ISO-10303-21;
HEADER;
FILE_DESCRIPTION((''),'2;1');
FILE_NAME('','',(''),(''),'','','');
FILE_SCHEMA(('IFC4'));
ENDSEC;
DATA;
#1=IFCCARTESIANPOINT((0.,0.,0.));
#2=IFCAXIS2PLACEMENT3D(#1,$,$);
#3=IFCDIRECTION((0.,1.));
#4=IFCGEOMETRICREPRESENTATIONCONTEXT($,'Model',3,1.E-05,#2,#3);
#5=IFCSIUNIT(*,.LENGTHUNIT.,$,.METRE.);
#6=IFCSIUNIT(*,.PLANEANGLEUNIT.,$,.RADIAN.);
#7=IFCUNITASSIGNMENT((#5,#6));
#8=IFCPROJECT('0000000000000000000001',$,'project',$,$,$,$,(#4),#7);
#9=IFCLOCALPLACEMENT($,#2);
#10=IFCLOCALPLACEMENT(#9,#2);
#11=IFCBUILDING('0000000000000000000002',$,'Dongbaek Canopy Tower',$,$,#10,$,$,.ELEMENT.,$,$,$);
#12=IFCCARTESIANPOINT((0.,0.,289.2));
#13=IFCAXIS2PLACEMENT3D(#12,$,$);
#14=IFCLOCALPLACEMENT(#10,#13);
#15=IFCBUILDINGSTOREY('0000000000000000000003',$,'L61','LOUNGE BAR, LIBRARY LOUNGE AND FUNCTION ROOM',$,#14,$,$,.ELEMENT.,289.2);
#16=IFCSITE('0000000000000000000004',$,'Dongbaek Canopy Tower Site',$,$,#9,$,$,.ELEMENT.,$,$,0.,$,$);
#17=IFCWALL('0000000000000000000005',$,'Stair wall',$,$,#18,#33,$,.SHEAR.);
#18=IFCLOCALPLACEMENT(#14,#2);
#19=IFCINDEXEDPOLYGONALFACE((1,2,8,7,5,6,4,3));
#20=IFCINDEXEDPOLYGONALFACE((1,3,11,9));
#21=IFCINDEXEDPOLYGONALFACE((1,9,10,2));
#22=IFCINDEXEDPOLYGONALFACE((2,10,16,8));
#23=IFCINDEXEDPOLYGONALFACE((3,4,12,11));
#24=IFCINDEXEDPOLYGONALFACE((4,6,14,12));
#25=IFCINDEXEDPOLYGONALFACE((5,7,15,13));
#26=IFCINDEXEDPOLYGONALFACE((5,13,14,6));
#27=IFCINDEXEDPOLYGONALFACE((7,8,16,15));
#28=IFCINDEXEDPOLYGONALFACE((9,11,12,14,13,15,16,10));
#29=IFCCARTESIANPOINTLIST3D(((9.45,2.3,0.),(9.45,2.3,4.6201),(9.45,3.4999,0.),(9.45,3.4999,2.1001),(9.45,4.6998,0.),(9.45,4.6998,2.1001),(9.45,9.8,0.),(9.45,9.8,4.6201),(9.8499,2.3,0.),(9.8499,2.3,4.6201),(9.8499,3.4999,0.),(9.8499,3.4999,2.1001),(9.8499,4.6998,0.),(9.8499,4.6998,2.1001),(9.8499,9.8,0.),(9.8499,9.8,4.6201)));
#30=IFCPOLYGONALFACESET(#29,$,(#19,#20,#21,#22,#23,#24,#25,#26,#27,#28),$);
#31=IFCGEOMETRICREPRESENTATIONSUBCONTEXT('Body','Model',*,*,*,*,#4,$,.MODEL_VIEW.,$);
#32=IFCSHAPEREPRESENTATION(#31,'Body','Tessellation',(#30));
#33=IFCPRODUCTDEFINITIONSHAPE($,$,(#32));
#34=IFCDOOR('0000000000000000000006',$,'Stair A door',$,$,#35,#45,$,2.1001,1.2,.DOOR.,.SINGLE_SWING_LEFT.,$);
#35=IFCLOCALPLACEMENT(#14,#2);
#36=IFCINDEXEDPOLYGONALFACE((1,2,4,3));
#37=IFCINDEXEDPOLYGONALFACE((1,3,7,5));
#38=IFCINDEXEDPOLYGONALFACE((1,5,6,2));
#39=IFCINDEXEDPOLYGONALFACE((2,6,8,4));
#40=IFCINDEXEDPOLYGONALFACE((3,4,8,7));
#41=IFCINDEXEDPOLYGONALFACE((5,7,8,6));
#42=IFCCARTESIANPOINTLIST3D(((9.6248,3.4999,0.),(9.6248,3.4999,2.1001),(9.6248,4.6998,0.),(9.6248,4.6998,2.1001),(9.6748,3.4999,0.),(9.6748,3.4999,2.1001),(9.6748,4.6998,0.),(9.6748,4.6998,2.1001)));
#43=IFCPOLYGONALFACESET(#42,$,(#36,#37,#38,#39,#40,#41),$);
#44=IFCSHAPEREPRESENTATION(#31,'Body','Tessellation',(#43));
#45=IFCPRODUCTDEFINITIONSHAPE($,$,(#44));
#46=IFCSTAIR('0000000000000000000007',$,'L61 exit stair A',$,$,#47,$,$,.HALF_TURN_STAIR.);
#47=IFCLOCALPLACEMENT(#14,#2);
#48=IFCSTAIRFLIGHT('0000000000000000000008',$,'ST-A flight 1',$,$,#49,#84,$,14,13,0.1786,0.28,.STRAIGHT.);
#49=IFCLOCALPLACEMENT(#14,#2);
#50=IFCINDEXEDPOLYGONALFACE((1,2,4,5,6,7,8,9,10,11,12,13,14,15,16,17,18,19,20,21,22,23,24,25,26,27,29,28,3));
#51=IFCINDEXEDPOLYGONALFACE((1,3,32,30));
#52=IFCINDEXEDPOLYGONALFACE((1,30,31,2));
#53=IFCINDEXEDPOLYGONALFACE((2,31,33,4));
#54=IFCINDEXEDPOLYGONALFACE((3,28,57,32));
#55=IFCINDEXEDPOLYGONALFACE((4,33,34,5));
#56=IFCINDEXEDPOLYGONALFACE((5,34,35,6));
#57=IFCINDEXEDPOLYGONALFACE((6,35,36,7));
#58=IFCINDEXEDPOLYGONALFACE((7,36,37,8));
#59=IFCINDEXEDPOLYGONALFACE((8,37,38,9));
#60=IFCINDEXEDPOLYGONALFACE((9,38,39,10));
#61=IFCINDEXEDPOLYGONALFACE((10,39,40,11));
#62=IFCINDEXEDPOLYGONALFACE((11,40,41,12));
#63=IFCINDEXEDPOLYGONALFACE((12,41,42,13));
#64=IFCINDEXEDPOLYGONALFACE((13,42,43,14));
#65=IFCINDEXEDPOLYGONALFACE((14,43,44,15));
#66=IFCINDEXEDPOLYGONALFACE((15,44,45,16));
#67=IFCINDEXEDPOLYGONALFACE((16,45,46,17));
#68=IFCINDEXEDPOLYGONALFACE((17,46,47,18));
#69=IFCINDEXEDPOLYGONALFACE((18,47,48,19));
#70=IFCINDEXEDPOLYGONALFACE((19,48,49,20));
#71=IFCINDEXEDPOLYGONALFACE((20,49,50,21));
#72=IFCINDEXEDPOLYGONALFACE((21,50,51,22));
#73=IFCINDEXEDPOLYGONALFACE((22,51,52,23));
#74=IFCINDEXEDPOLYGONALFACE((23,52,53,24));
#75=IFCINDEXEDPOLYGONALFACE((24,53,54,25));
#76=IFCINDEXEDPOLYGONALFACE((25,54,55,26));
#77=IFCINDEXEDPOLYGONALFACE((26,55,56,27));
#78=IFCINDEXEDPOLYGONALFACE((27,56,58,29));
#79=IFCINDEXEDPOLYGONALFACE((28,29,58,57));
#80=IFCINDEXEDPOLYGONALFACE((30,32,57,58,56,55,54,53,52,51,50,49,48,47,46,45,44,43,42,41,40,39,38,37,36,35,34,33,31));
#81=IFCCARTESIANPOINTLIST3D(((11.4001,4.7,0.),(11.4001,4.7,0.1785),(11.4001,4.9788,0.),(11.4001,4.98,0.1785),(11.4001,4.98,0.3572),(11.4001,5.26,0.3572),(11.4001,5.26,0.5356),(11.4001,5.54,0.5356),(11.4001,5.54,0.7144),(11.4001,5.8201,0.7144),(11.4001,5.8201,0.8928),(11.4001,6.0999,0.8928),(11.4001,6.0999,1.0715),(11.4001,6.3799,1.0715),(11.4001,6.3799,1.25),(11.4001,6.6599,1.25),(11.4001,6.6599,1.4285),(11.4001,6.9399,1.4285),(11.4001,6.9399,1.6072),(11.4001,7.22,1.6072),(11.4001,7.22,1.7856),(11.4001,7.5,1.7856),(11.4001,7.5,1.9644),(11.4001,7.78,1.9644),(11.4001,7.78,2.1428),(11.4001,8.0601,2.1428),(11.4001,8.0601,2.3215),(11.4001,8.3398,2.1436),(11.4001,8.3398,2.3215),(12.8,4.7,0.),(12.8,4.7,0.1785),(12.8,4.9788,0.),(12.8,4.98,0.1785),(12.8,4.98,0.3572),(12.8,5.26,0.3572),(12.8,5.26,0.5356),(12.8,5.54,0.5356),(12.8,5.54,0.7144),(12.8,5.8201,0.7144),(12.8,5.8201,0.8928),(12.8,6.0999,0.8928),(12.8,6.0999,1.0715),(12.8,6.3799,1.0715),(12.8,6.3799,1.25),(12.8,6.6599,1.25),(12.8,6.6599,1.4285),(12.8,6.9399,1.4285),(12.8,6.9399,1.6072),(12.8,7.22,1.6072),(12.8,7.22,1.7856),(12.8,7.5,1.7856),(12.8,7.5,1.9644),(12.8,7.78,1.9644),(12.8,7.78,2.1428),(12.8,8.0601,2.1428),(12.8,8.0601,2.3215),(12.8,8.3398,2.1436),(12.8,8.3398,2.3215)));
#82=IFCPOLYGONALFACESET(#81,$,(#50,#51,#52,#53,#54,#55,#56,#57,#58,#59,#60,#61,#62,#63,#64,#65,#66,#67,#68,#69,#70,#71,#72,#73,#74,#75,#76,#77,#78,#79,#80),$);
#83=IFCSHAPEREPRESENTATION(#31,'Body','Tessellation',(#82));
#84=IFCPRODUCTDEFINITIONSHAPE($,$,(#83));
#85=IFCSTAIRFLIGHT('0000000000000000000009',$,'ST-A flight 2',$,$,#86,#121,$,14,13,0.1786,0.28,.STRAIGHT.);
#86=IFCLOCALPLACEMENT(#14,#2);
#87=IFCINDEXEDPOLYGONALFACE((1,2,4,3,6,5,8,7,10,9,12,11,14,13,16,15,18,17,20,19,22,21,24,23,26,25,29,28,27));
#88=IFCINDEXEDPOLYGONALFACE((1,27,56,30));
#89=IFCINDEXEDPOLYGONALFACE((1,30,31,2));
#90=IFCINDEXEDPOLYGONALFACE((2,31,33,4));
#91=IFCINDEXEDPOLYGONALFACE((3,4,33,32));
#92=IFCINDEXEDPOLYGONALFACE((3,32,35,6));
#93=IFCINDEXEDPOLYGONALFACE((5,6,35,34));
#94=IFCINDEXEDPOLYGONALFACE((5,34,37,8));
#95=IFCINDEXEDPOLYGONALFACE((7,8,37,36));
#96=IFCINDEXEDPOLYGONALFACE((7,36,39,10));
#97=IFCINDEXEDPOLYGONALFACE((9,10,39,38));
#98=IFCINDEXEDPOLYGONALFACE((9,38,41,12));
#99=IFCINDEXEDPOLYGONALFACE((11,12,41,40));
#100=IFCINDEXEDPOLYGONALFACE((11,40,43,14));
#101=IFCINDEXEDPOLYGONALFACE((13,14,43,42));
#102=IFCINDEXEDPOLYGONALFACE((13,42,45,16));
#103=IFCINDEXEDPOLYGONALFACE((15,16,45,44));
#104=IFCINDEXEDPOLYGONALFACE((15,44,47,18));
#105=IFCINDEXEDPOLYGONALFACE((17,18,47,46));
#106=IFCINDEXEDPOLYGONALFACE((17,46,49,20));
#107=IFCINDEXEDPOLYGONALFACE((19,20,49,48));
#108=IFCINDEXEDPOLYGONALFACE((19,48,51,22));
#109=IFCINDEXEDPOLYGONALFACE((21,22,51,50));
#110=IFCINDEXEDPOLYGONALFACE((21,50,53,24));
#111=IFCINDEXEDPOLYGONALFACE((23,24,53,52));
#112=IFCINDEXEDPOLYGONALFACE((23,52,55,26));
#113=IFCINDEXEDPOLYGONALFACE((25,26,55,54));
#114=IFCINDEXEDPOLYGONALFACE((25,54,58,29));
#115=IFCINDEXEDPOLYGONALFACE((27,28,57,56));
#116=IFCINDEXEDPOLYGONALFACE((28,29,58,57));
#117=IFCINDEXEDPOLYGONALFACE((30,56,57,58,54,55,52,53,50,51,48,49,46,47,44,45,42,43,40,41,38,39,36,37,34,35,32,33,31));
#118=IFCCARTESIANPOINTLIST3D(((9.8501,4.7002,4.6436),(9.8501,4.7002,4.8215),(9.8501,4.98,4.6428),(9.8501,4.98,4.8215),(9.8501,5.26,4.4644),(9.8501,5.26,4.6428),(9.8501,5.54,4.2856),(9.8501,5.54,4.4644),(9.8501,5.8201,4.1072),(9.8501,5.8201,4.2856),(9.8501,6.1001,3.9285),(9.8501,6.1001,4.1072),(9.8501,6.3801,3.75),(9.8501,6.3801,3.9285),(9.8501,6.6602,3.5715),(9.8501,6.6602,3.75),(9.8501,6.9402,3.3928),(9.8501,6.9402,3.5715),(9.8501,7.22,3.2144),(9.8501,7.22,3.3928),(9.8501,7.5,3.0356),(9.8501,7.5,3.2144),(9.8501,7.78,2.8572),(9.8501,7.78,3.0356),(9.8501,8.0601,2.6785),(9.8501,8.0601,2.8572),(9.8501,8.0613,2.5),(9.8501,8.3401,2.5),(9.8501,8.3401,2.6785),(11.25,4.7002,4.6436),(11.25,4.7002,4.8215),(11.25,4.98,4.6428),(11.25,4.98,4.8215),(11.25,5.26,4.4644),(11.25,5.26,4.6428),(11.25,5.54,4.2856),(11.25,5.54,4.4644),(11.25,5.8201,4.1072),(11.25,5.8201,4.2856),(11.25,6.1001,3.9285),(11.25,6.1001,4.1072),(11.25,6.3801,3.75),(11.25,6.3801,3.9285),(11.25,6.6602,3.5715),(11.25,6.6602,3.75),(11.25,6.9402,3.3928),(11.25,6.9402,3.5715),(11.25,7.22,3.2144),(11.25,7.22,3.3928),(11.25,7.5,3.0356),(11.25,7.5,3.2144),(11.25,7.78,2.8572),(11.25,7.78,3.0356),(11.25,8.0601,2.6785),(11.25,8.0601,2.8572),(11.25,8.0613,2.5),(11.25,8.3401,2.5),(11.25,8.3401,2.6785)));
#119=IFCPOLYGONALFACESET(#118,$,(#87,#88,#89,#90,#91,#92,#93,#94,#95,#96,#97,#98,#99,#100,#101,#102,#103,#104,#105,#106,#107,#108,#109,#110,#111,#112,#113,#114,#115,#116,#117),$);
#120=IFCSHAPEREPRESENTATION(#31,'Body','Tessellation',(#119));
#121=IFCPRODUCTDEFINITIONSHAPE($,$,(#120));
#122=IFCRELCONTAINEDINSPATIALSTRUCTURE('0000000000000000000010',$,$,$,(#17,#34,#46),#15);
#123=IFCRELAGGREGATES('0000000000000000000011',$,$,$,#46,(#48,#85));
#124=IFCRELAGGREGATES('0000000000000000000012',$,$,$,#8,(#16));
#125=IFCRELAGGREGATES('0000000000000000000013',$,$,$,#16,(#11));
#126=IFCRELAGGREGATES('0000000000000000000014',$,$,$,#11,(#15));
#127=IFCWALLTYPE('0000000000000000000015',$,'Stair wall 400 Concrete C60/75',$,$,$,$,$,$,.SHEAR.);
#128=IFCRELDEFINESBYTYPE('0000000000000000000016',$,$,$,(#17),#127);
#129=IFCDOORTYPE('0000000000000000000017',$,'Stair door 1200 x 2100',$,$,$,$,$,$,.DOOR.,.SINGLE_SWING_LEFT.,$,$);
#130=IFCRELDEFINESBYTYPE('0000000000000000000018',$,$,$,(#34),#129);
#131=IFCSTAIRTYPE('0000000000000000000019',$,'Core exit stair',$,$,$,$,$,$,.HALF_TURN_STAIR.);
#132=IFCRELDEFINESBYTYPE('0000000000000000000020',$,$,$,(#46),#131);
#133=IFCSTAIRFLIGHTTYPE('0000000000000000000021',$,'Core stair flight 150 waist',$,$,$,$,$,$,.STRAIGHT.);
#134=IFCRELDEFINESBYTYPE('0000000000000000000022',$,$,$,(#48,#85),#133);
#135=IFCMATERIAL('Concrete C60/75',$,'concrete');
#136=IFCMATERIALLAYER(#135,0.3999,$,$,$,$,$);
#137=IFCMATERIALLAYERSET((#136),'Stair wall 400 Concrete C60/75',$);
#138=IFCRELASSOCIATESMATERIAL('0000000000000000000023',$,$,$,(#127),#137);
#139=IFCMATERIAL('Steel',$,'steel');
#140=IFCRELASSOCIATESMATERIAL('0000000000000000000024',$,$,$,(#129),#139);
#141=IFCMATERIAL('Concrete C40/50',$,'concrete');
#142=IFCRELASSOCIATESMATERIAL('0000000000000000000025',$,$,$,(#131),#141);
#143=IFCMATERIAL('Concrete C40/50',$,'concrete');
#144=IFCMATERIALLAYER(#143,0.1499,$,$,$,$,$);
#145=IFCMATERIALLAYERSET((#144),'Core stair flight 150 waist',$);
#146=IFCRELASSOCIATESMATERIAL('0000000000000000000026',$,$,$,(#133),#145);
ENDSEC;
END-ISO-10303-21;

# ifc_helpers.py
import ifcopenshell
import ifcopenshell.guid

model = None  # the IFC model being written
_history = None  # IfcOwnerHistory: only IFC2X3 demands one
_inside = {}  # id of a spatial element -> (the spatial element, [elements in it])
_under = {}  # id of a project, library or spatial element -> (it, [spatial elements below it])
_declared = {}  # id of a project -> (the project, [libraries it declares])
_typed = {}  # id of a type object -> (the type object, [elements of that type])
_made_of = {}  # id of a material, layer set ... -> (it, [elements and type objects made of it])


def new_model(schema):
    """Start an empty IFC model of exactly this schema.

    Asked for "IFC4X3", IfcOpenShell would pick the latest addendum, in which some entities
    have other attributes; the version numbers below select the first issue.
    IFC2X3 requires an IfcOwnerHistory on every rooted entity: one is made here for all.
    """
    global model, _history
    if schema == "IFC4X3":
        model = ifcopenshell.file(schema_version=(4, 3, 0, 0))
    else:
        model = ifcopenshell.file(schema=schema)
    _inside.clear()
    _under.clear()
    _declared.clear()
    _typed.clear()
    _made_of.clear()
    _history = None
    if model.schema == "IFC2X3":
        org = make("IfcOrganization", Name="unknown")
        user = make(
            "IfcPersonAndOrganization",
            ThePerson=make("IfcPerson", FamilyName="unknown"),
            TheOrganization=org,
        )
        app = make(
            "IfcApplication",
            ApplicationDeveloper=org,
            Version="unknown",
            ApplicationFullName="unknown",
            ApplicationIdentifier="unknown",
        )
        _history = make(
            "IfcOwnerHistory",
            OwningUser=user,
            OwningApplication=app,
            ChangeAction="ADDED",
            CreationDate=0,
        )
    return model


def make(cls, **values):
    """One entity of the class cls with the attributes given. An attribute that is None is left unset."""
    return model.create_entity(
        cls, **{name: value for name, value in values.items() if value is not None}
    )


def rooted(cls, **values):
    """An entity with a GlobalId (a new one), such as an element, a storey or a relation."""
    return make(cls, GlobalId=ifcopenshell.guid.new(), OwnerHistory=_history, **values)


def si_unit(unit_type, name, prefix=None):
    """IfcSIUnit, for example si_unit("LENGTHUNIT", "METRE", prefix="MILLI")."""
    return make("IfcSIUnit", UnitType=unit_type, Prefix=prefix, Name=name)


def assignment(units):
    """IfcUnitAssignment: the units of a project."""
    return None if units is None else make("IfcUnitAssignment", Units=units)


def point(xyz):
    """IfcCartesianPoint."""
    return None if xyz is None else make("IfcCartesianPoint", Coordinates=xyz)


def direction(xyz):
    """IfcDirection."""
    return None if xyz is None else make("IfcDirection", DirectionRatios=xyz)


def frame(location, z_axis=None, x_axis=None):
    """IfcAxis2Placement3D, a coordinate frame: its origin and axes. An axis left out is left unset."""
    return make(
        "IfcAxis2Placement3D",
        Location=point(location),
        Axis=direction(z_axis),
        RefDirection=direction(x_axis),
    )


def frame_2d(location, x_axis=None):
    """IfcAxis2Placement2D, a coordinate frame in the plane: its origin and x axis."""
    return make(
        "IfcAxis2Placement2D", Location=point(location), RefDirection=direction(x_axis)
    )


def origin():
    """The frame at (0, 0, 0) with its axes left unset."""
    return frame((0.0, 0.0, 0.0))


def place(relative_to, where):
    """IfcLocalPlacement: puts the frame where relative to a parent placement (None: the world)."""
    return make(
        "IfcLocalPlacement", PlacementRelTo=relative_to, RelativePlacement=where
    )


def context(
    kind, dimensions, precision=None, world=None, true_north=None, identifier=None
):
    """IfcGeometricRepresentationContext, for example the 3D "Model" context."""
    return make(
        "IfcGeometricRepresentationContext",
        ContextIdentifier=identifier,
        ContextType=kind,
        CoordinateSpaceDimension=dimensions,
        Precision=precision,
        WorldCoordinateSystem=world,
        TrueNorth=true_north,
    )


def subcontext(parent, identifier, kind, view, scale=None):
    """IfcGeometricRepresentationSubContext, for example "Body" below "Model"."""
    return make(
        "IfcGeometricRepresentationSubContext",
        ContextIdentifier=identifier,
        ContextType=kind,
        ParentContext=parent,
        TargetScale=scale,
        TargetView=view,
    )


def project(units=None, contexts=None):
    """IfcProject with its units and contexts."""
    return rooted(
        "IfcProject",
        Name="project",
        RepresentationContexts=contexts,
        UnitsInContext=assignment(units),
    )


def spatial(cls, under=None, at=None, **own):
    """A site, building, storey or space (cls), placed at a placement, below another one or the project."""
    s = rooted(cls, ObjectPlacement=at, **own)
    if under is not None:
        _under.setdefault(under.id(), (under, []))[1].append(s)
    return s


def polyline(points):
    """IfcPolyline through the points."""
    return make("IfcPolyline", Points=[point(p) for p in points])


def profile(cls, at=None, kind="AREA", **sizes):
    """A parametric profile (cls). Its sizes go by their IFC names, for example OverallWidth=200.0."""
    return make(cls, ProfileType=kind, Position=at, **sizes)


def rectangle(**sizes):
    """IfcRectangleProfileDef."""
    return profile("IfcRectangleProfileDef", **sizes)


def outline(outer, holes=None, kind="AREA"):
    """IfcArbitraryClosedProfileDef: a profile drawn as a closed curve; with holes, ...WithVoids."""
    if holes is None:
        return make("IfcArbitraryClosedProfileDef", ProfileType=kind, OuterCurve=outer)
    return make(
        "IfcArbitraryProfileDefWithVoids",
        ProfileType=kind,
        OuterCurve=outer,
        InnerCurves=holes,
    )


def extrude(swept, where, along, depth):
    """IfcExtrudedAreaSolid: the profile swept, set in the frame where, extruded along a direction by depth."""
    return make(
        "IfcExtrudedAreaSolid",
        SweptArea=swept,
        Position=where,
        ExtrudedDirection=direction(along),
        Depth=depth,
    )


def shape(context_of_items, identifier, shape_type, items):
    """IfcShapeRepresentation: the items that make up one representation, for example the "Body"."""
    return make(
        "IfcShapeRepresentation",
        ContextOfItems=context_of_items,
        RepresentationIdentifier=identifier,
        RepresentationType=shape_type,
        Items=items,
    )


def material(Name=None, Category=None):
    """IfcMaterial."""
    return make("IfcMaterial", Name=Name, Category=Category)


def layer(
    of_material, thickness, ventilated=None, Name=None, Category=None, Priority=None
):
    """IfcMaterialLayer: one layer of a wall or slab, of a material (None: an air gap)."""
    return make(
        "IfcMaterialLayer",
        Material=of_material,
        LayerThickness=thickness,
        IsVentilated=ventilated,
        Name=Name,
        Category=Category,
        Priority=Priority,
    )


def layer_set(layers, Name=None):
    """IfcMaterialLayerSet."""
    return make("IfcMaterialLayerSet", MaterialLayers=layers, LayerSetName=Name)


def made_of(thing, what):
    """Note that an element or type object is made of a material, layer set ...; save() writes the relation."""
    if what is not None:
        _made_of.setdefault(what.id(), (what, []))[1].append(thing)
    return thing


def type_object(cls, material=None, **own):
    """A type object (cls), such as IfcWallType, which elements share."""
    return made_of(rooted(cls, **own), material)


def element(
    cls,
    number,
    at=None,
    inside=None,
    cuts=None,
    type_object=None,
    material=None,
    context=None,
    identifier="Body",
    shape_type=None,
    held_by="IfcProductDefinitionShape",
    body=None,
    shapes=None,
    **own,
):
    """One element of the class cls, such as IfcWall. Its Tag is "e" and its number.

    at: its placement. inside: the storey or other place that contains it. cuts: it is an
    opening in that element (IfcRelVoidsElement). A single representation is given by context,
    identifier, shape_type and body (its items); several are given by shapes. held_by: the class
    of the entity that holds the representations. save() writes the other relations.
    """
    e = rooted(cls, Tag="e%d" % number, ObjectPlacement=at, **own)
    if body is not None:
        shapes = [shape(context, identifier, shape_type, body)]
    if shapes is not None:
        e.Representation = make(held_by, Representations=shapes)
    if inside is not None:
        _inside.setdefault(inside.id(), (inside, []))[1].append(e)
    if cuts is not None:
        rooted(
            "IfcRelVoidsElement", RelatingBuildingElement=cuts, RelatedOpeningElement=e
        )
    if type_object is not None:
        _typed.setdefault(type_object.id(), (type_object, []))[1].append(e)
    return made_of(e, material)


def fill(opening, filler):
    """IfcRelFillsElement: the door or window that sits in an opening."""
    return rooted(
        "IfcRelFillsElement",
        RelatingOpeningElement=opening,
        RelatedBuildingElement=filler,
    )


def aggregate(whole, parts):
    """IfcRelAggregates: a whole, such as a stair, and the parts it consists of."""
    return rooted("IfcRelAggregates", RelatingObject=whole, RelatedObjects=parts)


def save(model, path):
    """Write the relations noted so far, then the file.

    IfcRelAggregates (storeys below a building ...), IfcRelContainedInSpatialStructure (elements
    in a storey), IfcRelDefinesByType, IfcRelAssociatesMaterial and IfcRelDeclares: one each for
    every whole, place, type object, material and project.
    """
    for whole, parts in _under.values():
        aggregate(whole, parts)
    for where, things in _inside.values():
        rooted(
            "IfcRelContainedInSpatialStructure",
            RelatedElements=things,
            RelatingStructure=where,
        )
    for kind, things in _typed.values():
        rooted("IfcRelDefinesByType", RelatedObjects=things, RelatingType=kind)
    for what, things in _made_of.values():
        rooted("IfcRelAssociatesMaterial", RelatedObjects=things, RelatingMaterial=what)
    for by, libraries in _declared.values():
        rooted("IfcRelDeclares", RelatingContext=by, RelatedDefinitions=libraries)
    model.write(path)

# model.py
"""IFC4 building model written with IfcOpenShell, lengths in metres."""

from ifc_helpers import new_model, si_unit, direction, frame, frame_2d, origin, place, context, subcontext, project, spatial, polyline, rectangle, outline, extrude, material, layer, layer_set, type_object, element, fill, aggregate, save


model = new_model("IFC4")

# Units and contexts
model_context = context("Model", 3, precision=1e-05, world=origin(), true_north=direction((0.0, 1.0)))
body_context = subcontext(model_context, "Body", "Model", "MODEL_VIEW")
ifc_project = project(units=[si_unit("LENGTHUNIT", "METRE"), si_unit("PLANEANGLEUNIT", "RADIAN")], contexts=[model_context])

# Site, building, storey
site_placement = place(None, origin())
site = spatial("IfcSite", under=ifc_project, at=site_placement, Name="Dongbaek Canopy Tower Site", CompositionType="ELEMENT", RefElevation=0.0)
building_placement = place(site_placement, origin())
building = spatial("IfcBuilding", under=site, at=building_placement, Name="Dongbaek Canopy Tower", CompositionType="ELEMENT")
storey_placement = place(building_placement, frame((0.0, 0.0, 289.2)))
storey = spatial("IfcBuildingStorey", under=building, at=storey_placement, Name="L61", Description="LOUNGE BAR, LIBRARY LOUNGE AND FUNCTION ROOM", CompositionType="ELEMENT", Elevation=289.2)

# Wall, opening, door
ifc_material_1 = material(Name="Concrete C60/75", Category="concrete")
ifc_layer_1 = layer(ifc_material_1, 0.3999)
ifc_layer_set_1 = layer_set([ifc_layer_1], Name="Stair wall 400 Concrete C60/75")
wall_type_1 = type_object("IfcWallType", Name="Stair wall 400 Concrete C60/75", PredefinedType="SHEAR", material=ifc_layer_set_1)
wall_1_placement = place(storey_placement, frame((9.6499, 9.8, 0.0), z_axis=(0.0, 0.0, 1.0), x_axis=(0.0, -1.0, 0.0)))
wall_1 = element("IfcWall", 1, at=wall_1_placement, inside=storey, type_object=wall_type_1, Name="Stair wall", PredefinedType="SHEAR", context=body_context, shape_type="SweptSolid", body=[
    extrude(rectangle(XDim=7.5, YDim=0.3999, at=frame_2d((3.75, 0.0))), origin(), (0.0, 0.0, 1.0), 4.6201),
])
opening_1_placement = place(wall_1_placement, frame((5.1001, 0.0, 0.0)))
opening_1 = element("IfcOpeningElement", 2, at=opening_1_placement, cuts=wall_1, PredefinedType="OPENING", context=body_context, shape_type="SweptSolid", body=[
    extrude(rectangle(XDim=1.2, YDim=2.1001, at=frame_2d((0.6001, 1.05))), frame((0.0, 0.21, 0.0), z_axis=(0.0, -1.0, 0.0), x_axis=(1.0, 0.0, 0.0)), (0.0, 0.0, 1.0), 0.4199),
])
ifc_material_2 = material(Name="Steel", Category="steel")
door_type_1 = type_object("IfcDoorType", Name="Stair door 1200 x 2100", OperationType="SINGLE_SWING_LEFT", PredefinedType="DOOR", material=ifc_material_2)
door_1_placement = place(opening_1_placement, origin())
door_1 = element("IfcDoor", 3, at=door_1_placement, inside=storey, type_object=door_type_1, Name="Stair A door", OperationType="SINGLE_SWING_LEFT", OverallHeight=2.1001, OverallWidth=1.2, PredefinedType="DOOR", context=body_context, shape_type="SweptSolid", body=[
    extrude(rectangle(XDim=1.2, YDim=2.1001, at=frame_2d((0.6001, 1.05))), frame((0.0, 0.0249, 0.0), z_axis=(0.0, -1.0, 0.0), x_axis=(1.0, 0.0, 0.0)), (0.0, 0.0, 1.0), 0.05),
])
fill(opening_1, door_1)

# Stair, stair flights
ifc_material_3 = material(Name="Concrete C40/50", Category="concrete")
stair_type = type_object("IfcStairType", Name="Core exit stair", PredefinedType="HALF_TURN_STAIR", material=ifc_material_3)
stair_placement = place(storey_placement, origin())
stair = element("IfcStair", 4, at=stair_placement, inside=storey, type_object=stair_type, Name="L61 exit stair A", PredefinedType="HALF_TURN_STAIR")
ifc_material_4 = material(Name="Concrete C40/50", Category="concrete")
ifc_layer_2 = layer(ifc_material_4, 0.1499)
ifc_layer_set_2 = layer_set([ifc_layer_2], Name="Core stair flight 150 waist")
stair_flight_type = type_object("IfcStairFlightType", Name="Core stair flight 150 waist", PredefinedType="STRAIGHT", material=ifc_layer_set_2)
stair_flight_1_placement = place(storey_placement, frame((12.1001, 4.7, 0.0), z_axis=(0.0, 0.0, 1.0), x_axis=(0.0, 1.0, 0.0)))
stair_flight_1 = element("IfcStairFlight", 5, at=stair_flight_1_placement, type_object=stair_flight_type, Name="ST-A flight 1", NumberOfRisers=14, NumberOfTreads=13, PredefinedType="STRAIGHT", RiserHeight=0.1786, TreadLength=0.28, context=body_context, shape_type="SweptSolid", body=[
    extrude(outline(polyline([(0.0, 0.0), (0.0, 0.1785), (0.28, 0.1785), (0.28, 0.3572), (0.5601, 0.3572), (0.5601, 0.5356), (0.8401, 0.5356), (0.8401, 0.7144), (1.1201, 0.7144), (1.1201, 0.8928), (1.3999, 0.8928), (1.3999, 1.0715), (1.6799, 1.0715), (1.6799, 1.25), (1.96, 1.25), (1.96, 1.4285), (2.24, 1.4285), (2.24, 1.6072), (2.52, 1.6072), (2.52, 1.7856), (2.8, 1.7856), (2.8, 1.9644), (3.0801, 1.9644), (3.0801, 2.1428), (3.3601, 2.1428), (3.3601, 2.3215), (3.6399, 2.3215), (3.6399, 2.5), (3.6399, 2.1436), (0.2788, 0.0), (0.0, 0.0)])), frame((0.0, 0.7, 0.0), z_axis=(0.0, -1.0, 0.0), x_axis=(1.0, 0.0, 0.0)), (0.0, 0.0, 1.0), 1.3999),
])
stair_flight_2_placement = place(storey_placement, frame((10.55, 8.3401, 2.5), z_axis=(0.0, 0.0, 1.0), x_axis=(0.0, -1.0, 0.0)))
stair_flight_2 = element("IfcStairFlight", 6, at=stair_flight_2_placement, type_object=stair_flight_type, Name="ST-A flight 2", NumberOfRisers=14, NumberOfTreads=13, PredefinedType="STRAIGHT", RiserHeight=0.1786, TreadLength=0.28, context=body_context, shape_type="SweptSolid", body=[
    extrude(outline(polyline([(0.0, 0.0), (0.0, 0.1785), (0.28, 0.1785), (0.28, 0.3572), (0.5601, 0.3572), (0.5601, 0.5356), (0.8401, 0.5356), (0.8401, 0.7144), (1.1201, 0.7144), (1.1201, 0.8928), (1.3999, 0.8928), (1.3999, 1.0715), (1.6799, 1.0715), (1.6799, 1.25), (1.96, 1.25), (1.96, 1.4285), (2.24, 1.4285), (2.24, 1.6072), (2.52, 1.6072), (2.52, 1.7856), (2.8, 1.7856), (2.8, 1.9644), (3.0801, 1.9644), (3.0801, 2.1428), (3.3601, 2.1428), (3.3601, 2.3215), (3.6399, 2.3215), (3.6399, 2.5), (3.6399, 2.1436), (0.2788, 0.0), (0.0, 0.0)])), frame((0.0, 0.7, 0.0), z_axis=(0.0, -1.0, 0.0), x_axis=(1.0, 0.0, 0.0)), (0.0, 0.0, 1.0), 1.3999),
])
aggregate(stair, [stair_flight_1, stair_flight_2])

save(model, "model.ifc")
